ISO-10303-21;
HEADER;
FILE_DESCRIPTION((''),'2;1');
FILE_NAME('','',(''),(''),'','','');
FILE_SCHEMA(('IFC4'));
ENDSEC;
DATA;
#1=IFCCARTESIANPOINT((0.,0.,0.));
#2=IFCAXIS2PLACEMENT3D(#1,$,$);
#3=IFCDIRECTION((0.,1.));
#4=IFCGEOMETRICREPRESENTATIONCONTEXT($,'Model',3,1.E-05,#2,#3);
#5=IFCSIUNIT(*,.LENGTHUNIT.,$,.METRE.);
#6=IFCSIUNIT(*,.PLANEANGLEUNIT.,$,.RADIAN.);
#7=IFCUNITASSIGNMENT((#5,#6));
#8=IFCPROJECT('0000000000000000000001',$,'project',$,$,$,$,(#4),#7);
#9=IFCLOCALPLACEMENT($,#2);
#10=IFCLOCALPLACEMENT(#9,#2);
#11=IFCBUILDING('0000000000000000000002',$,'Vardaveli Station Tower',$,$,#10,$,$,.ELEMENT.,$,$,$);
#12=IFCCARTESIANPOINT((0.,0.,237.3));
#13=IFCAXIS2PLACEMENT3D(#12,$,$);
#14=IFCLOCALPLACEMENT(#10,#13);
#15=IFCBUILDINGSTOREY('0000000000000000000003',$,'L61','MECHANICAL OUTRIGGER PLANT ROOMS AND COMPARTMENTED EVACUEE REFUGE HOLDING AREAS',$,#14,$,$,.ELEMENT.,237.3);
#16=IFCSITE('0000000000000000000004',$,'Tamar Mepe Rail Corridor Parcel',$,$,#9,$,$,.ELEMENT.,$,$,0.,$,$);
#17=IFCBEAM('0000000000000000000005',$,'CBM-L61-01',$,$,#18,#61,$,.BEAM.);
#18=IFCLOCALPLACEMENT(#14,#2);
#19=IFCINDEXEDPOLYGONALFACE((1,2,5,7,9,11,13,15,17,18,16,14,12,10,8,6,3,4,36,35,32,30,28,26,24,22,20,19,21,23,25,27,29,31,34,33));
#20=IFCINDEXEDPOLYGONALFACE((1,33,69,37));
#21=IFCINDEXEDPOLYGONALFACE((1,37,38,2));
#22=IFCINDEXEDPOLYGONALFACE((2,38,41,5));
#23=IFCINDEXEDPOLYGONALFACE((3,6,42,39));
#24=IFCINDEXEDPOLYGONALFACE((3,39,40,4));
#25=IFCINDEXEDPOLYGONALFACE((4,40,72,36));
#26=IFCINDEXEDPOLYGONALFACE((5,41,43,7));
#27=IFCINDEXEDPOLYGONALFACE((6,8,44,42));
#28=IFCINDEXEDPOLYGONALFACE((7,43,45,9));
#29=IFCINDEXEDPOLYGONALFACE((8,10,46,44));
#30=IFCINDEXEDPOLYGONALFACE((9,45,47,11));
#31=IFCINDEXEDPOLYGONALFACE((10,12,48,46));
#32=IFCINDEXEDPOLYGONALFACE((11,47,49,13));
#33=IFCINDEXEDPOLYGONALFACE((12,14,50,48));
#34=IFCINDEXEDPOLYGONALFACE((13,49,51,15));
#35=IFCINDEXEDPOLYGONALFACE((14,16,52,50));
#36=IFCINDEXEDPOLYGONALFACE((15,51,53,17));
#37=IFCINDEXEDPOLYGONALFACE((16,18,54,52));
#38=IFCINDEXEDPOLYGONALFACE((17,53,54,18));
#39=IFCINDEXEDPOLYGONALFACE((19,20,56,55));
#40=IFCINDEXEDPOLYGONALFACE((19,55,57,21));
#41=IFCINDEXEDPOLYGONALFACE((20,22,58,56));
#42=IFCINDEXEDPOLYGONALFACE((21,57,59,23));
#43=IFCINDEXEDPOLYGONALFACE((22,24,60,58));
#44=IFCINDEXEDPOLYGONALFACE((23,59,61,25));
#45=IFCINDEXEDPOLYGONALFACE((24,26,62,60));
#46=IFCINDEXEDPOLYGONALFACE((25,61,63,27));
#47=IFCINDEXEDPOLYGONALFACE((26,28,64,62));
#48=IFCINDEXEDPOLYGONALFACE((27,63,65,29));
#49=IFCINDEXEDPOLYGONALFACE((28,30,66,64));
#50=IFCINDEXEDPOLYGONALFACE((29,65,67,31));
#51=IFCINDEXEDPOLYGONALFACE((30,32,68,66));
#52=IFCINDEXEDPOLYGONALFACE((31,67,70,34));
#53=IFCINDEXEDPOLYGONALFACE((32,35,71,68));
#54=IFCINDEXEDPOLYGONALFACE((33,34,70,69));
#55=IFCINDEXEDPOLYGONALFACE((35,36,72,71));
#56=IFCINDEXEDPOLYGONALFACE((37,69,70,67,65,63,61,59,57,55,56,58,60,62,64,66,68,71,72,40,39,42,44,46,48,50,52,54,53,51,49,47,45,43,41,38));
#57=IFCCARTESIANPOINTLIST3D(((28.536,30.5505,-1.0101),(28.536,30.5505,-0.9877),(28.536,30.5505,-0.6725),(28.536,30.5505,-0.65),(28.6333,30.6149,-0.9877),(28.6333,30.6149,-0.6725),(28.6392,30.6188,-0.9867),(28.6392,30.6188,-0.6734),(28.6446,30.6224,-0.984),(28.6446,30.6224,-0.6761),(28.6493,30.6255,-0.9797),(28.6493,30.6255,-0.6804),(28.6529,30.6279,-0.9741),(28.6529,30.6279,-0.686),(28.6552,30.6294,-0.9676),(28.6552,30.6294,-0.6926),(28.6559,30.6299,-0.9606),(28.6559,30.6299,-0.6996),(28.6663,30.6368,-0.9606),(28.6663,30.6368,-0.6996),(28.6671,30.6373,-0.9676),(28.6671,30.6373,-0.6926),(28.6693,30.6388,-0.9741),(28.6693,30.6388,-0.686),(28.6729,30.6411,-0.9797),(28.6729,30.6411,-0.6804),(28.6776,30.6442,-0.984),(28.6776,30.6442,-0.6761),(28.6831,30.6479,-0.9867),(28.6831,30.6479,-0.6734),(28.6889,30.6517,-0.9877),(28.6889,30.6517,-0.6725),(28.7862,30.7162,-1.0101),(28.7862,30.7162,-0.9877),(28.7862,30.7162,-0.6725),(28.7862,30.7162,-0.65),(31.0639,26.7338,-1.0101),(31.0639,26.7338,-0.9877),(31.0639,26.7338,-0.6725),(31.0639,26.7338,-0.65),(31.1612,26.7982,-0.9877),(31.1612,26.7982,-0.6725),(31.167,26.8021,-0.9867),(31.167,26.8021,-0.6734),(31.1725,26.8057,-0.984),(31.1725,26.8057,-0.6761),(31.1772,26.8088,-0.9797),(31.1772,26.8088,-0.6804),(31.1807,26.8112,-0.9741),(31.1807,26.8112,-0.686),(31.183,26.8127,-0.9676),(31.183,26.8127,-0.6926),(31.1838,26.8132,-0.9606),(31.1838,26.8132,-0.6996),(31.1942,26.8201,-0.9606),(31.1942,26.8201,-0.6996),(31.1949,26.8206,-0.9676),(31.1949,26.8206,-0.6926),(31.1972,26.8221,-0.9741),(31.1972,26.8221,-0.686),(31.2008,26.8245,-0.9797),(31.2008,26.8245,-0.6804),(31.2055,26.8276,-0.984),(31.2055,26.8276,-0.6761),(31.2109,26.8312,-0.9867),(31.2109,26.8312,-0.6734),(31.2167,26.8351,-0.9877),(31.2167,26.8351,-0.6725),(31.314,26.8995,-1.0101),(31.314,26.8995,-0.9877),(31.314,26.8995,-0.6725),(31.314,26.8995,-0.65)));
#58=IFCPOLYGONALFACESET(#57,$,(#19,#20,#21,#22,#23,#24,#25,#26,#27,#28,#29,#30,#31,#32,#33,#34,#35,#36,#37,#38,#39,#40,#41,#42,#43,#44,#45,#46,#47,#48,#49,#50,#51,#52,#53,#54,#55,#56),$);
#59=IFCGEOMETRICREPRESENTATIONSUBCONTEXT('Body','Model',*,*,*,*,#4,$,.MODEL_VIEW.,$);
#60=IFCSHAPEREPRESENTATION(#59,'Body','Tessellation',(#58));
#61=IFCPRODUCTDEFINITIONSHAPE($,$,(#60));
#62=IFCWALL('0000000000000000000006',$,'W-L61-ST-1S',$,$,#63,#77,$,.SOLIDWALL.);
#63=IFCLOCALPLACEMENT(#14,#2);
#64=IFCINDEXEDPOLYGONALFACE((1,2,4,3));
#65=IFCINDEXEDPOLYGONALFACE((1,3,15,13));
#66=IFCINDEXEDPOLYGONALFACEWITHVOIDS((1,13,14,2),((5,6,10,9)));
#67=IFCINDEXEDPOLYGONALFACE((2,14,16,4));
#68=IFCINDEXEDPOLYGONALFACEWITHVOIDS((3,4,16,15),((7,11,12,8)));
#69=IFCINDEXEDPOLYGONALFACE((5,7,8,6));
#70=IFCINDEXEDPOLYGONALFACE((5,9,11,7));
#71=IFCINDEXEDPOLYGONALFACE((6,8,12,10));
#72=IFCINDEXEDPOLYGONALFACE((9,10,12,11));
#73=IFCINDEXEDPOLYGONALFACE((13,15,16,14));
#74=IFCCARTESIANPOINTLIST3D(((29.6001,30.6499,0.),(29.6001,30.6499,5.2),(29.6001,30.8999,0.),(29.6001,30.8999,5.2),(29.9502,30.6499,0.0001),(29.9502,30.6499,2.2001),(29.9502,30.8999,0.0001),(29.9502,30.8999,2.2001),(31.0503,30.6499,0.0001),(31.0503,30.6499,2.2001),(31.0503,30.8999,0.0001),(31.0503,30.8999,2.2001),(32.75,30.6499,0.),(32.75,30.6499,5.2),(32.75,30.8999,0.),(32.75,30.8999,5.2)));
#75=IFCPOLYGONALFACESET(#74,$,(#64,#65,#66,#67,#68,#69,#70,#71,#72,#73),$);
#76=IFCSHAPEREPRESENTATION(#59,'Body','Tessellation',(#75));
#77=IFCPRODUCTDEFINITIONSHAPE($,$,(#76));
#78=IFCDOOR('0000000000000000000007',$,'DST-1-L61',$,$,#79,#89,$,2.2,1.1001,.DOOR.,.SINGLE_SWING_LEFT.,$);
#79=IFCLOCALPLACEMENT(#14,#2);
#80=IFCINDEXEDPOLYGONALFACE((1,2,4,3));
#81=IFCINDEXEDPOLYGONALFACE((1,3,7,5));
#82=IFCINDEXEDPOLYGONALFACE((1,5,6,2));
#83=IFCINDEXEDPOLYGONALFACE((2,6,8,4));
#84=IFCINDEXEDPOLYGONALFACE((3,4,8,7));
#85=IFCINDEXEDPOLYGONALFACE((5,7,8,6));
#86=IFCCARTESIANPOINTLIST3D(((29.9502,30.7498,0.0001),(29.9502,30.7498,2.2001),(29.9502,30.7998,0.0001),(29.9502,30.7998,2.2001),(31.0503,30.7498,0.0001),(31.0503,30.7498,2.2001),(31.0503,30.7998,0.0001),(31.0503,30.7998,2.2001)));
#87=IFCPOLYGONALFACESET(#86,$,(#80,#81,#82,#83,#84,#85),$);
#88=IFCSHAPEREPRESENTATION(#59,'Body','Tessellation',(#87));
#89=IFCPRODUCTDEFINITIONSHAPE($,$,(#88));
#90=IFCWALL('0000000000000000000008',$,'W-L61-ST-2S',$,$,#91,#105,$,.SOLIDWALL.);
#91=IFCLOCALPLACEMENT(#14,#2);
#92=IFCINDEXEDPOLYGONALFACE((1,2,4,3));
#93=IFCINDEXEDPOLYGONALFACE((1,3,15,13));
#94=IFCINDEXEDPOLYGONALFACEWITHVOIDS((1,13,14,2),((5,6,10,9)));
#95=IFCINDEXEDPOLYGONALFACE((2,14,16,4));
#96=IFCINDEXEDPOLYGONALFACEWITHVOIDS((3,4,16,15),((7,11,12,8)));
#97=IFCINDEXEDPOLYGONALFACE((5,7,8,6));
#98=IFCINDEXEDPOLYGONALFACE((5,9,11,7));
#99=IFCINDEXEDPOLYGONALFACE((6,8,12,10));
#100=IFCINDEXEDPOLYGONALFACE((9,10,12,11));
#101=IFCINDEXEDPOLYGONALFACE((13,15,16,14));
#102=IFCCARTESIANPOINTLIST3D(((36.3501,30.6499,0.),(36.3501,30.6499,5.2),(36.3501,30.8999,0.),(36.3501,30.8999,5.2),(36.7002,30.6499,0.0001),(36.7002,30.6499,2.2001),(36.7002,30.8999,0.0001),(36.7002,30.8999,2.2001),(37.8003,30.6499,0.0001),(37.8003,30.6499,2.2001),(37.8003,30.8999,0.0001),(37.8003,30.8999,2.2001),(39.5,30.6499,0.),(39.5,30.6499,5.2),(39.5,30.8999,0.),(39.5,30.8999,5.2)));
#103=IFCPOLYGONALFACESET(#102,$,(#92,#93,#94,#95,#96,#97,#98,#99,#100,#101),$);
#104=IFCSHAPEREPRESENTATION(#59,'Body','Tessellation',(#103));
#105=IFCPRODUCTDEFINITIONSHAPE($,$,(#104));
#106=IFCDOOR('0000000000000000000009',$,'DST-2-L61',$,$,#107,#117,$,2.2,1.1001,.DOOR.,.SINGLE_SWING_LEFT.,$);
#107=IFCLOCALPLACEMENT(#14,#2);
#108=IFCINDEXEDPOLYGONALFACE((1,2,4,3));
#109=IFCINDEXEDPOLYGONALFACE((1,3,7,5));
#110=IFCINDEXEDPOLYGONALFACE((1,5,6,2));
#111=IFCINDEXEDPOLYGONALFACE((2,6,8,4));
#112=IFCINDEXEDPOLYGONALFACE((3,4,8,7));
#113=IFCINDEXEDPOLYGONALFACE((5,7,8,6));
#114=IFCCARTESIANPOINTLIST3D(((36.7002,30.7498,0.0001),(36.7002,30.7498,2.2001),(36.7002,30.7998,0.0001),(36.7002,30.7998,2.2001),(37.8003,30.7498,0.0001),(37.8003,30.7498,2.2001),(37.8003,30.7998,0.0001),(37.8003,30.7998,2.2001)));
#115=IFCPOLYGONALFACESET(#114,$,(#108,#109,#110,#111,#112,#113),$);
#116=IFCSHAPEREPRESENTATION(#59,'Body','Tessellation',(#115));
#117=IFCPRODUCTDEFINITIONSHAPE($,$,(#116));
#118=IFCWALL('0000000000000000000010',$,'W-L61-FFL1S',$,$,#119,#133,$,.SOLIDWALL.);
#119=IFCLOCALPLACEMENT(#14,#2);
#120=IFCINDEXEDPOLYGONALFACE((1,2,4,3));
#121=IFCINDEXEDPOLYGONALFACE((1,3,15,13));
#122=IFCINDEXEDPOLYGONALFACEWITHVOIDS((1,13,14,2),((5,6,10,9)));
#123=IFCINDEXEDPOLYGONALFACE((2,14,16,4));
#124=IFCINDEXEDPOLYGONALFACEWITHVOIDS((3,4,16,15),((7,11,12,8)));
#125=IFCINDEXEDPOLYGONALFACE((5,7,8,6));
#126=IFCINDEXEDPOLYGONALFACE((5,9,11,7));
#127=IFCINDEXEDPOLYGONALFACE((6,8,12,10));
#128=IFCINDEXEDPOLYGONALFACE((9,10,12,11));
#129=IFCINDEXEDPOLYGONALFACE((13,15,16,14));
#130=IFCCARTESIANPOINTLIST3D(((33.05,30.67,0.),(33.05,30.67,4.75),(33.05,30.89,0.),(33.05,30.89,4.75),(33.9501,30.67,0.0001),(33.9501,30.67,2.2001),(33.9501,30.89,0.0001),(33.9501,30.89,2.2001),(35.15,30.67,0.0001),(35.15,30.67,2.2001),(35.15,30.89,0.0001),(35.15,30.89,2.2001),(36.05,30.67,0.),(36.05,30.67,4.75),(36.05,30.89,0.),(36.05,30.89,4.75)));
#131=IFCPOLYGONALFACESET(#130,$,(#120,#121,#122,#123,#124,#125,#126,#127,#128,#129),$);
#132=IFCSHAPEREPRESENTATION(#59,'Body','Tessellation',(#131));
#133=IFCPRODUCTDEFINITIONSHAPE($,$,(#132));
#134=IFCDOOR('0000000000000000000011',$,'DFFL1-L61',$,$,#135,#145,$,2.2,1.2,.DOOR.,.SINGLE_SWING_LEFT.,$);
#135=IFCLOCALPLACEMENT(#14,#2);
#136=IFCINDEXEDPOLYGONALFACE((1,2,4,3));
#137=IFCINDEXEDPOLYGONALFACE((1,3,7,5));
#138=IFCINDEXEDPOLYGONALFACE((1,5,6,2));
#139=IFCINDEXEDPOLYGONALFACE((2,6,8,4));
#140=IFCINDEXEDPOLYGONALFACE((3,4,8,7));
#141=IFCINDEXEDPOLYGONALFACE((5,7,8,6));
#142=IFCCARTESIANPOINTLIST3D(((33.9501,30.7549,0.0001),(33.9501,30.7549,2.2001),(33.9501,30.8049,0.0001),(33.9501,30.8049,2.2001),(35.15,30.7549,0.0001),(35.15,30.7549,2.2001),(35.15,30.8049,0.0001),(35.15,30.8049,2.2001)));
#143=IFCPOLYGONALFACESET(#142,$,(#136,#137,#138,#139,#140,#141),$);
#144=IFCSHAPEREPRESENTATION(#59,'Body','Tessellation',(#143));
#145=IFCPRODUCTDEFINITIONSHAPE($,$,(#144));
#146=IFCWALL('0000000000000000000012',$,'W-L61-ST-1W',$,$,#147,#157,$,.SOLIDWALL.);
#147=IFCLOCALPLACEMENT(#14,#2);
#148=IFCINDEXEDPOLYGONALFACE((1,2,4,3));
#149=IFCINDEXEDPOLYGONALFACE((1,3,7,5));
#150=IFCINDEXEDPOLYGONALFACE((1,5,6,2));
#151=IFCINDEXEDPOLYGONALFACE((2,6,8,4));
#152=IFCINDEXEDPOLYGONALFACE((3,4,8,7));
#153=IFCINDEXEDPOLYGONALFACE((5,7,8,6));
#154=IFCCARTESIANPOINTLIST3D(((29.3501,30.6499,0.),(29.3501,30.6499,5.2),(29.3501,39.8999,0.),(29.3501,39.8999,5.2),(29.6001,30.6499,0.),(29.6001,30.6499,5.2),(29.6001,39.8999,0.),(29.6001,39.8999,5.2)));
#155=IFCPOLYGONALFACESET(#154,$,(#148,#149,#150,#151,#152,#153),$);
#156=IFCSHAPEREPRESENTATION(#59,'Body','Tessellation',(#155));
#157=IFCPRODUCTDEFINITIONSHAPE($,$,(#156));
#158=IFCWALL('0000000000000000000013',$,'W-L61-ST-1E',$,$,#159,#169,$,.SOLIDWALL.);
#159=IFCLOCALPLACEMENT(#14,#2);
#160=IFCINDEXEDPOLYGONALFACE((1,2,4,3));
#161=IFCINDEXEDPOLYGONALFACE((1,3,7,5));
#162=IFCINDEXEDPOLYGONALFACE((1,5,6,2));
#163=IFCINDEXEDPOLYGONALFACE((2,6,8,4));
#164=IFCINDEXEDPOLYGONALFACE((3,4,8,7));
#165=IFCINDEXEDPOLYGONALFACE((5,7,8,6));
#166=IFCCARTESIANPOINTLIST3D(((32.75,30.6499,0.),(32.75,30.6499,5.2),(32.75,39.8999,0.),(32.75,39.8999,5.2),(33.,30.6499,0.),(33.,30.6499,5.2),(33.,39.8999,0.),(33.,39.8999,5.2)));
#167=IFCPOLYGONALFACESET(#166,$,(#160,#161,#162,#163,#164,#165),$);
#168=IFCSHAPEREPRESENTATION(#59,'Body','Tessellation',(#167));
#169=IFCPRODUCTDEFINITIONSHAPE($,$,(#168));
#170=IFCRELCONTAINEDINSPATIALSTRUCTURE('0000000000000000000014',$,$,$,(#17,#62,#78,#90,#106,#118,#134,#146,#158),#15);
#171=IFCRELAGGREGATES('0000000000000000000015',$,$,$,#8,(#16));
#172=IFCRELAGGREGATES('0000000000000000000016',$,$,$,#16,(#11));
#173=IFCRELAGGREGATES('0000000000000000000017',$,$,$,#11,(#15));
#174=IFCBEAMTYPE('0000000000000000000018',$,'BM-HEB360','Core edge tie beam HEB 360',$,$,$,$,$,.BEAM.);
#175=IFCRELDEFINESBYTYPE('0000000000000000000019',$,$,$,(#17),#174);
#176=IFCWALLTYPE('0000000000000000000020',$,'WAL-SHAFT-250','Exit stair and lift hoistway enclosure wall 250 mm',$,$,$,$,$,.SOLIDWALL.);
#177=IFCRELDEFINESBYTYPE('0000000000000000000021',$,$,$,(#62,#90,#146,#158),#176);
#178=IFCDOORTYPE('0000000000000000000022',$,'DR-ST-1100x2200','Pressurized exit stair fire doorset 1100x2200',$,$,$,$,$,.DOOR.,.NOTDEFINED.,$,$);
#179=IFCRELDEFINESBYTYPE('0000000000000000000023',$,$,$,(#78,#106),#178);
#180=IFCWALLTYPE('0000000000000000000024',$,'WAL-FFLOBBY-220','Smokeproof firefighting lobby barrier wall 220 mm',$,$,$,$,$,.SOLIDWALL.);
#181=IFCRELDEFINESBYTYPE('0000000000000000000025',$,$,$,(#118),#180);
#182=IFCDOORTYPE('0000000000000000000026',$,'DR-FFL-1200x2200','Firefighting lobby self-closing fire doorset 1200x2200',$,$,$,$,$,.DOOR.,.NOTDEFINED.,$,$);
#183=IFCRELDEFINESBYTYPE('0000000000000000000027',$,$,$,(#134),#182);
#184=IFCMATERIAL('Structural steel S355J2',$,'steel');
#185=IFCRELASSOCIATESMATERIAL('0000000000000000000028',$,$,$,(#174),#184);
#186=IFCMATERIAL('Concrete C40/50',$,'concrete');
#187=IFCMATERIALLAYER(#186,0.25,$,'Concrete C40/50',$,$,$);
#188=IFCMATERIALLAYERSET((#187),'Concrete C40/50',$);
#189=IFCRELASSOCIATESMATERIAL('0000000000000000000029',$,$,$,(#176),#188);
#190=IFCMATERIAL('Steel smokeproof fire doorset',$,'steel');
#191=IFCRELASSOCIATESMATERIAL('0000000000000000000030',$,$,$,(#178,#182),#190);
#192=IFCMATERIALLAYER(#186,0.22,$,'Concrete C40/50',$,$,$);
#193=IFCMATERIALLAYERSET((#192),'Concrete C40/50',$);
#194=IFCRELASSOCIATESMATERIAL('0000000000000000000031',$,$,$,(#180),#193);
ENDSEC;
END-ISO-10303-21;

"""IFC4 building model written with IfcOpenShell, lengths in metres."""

from ifc_helpers import new_model, si_unit, direction, frame, frame_2d, origin, origin_2d, place, context, subcontext, project, spatial, rectangle, i_section, extrude, source, transform, mapped, material, layer, layer_set, material_profile, profile_set, type_object, element, fill, save


model = new_model("IFC4")

# Units and contexts
model_context = context("Model", 3, precision=1e-05, world=origin(), true_north=direction((0.0, 1.0)))
body_context = subcontext(model_context, "Body", "Model", "MODEL_VIEW")
ifc_project = project(units=[si_unit("LENGTHUNIT", "METRE"), si_unit("PLANEANGLEUNIT", "RADIAN")], contexts=[model_context])

# Site, building, storey
site_placement = place(None, origin())
site = spatial("IfcSite", under=ifc_project, at=site_placement, Name="Tamar Mepe Rail Corridor Parcel", CompositionType="ELEMENT", RefElevation=0.0)
building_placement = place(site_placement, origin())
building = spatial("IfcBuilding", under=site, at=building_placement, Name="Vardaveli Station Tower", CompositionType="ELEMENT")
storey_placement = place(building_placement, frame((0.0, 0.0, 237.3)))
storey = spatial("IfcBuildingStorey", under=building, at=storey_placement, Name="L61", Description="MECHANICAL OUTRIGGER PLANT ROOMS AND COMPARTMENTED EVACUEE REFUGE HOLDING AREAS", CompositionType="ELEMENT", Elevation=237.3)

# Beam
ifc_material_1 = material(Name="Structural steel S355J2", Category="steel")
ifc_material_profile_1 = material_profile(ifc_material_1, i_section(OverallWidth=0.3, OverallDepth=0.3601, WebThickness=0.0125, FlangeThickness=0.0225, FilletRadius=0.0271, at=origin_2d()), Name="HEB 360")
ifc_profile_set_1 = profile_set([ifc_material_profile_1], Name="Structural steel S355J2")
beam_type_1 = type_object("IfcBeamType", Name="BM-HEB360", Description="Core edge tie beam HEB 360", PredefinedType="BEAM", material=ifc_profile_set_1)
shared_shape_1 = source(origin(), body_context, "Body", "SweptSolid", [
    extrude(i_section(OverallWidth=0.3, OverallDepth=0.3601, WebThickness=0.0125, FlangeThickness=0.0225, FilletRadius=0.0271, at=origin_2d()), origin(), (0.0, 0.0, 1.0), 4.5779),
])
beam_1_placement = place(storey_placement, frame((31.189, 26.8167, -0.8301), z_axis=(-0.552187, 0.83372, 0.0), x_axis=(-0.83372, -0.552187, 0.0)))
element("IfcBeam", 1, at=beam_1_placement, inside=storey, type_object=beam_type_1, Name="CBM-L61-01", PredefinedType="BEAM", context=body_context, shape_type="MappedRepresentation", body=[
    mapped(shared_shape_1, transform((0.0, 0.0, 0.0), scale=1.0)),
])

# Walls, openings, doors
ifc_material_2 = material(Name="Concrete C40/50", Category="concrete")
ifc_layer_1 = layer(ifc_material_2, 0.25, Name="Concrete C40/50")
ifc_layer_set_1 = layer_set([ifc_layer_1], Name="Concrete C40/50")
wall_type_1 = type_object("IfcWallType", Name="WAL-SHAFT-250", Description="Exit stair and lift hoistway enclosure wall 250 mm", PredefinedType="SOLIDWALL", material=ifc_layer_set_1)
shared_shape_2 = source(origin(), body_context, "Body", "SweptSolid", [
    extrude(rectangle(XDim=3.1499, YDim=0.25, at=frame_2d((1.575, 0.0))), origin(), (0.0, 0.0, 1.0), 5.2),
])
wall_1_placement = place(storey_placement, frame((29.6001, 30.7749, 0.0), z_axis=(0.0, 0.0, 1.0), x_axis=(1.0, 0.0, 0.0)))
wall_1 = element("IfcWall", 2, at=wall_1_placement, inside=storey, type_object=wall_type_1, Name="W-L61-ST-1S", PredefinedType="SOLIDWALL", context=body_context, shape_type="MappedRepresentation", body=[
    mapped(shared_shape_2, transform((0.0, 0.0, 0.0), scale=1.0)),
])
shared_shape_3 = source(origin(), body_context, "Body", "SweptSolid", [
    extrude(rectangle(XDim=1.1001, YDim=2.2, at=frame_2d((0.55, 1.1001))), frame((0.0, 0.135, 0.0), z_axis=(0.0, -1.0, 0.0), x_axis=(1.0, 0.0, 0.0)), (0.0, 0.0, 1.0), 0.27),
])
opening_1_placement = place(wall_1_placement, frame((0.3501, 0.0, 0.0)))
opening_1 = element("IfcOpeningElement", 3, at=opening_1_placement, cuts=wall_1, PredefinedType="OPENING", context=body_context, shape_type="MappedRepresentation", body=[
    mapped(shared_shape_3, transform((0.0, 0.0, 0.0), scale=1.0)),
])
ifc_material_3 = material(Name="Steel smokeproof fire doorset", Category="steel")
door_type_1 = type_object("IfcDoorType", Name="DR-ST-1100x2200", Description="Pressurized exit stair fire doorset 1100x2200", OperationType="NOTDEFINED", PredefinedType="DOOR", material=ifc_material_3)
shared_shape_4 = source(origin(), body_context, "Body", "SweptSolid", [
    extrude(rectangle(XDim=1.1001, YDim=2.2, at=frame_2d((0.55, 1.1001))), frame((0.0, 0.0249, 0.0), z_axis=(0.0, -1.0, 0.0), x_axis=(1.0, 0.0, 0.0)), (0.0, 0.0, 1.0), 0.05),
])
door_1_placement = place(opening_1_placement, origin())
door_1 = element("IfcDoor", 4, at=door_1_placement, inside=storey, type_object=door_type_1, Name="DST-1-L61", OperationType="SINGLE_SWING_LEFT", OverallHeight=2.2, OverallWidth=1.1001, PredefinedType="DOOR", context=body_context, shape_type="MappedRepresentation", body=[
    mapped(shared_shape_4, transform((0.0, 0.0, 0.0), scale=1.0)),
])
fill(opening_1, door_1)
wall_2_placement = place(storey_placement, frame((36.3501, 30.7749, 0.0), z_axis=(0.0, 0.0, 1.0), x_axis=(1.0, 0.0, 0.0)))
wall_2 = element("IfcWall", 5, at=wall_2_placement, inside=storey, type_object=wall_type_1, Name="W-L61-ST-2S", PredefinedType="SOLIDWALL", context=body_context, shape_type="MappedRepresentation", body=[
    mapped(shared_shape_2, transform((0.0, 0.0, 0.0), scale=1.0)),
])
opening_2_placement = place(wall_2_placement, frame((0.3501, 0.0, 0.0)))
opening_2 = element("IfcOpeningElement", 6, at=opening_2_placement, cuts=wall_2, PredefinedType="OPENING", context=body_context, shape_type="MappedRepresentation", body=[
    mapped(shared_shape_3, transform((0.0, 0.0, 0.0), scale=1.0)),
])
door_2_placement = place(opening_2_placement, origin())
door_2 = element("IfcDoor", 7, at=door_2_placement, inside=storey, type_object=door_type_1, Name="DST-2-L61", OperationType="SINGLE_SWING_LEFT", OverallHeight=2.2, OverallWidth=1.1001, PredefinedType="DOOR", context=body_context, shape_type="MappedRepresentation", body=[
    mapped(shared_shape_4, transform((0.0, 0.0, 0.0), scale=1.0)),
])
fill(opening_2, door_2)
ifc_layer_2 = layer(ifc_material_2, 0.22, Name="Concrete C40/50")
ifc_layer_set_2 = layer_set([ifc_layer_2], Name="Concrete C40/50")
wall_type_2 = type_object("IfcWallType", Name="WAL-FFLOBBY-220", Description="Smokeproof firefighting lobby barrier wall 220 mm", PredefinedType="SOLIDWALL", material=ifc_layer_set_2)
shared_shape_5 = source(origin(), body_context, "Body", "SweptSolid", [
    extrude(rectangle(XDim=3.0, YDim=0.22, at=frame_2d((1.5, 0.0))), origin(), (0.0, 0.0, 1.0), 4.75),
])
wall_3_placement = place(storey_placement, frame((33.05, 30.78, 0.0), z_axis=(0.0, 0.0, 1.0), x_axis=(1.0, 0.0, 0.0)))
wall_3 = element("IfcWall", 8, at=wall_3_placement, inside=storey, type_object=wall_type_2, Name="W-L61-FFL1S", PredefinedType="SOLIDWALL", context=body_context, shape_type="MappedRepresentation", body=[
    mapped(shared_shape_5, transform((0.0, 0.0, 0.0), scale=1.0)),
])
shared_shape_6 = source(origin(), body_context, "Body", "SweptSolid", [
    extrude(rectangle(XDim=1.2, YDim=2.2, at=frame_2d((0.6001, 1.1001))), frame((0.0, 0.1201, 0.0), z_axis=(0.0, -1.0, 0.0), x_axis=(1.0, 0.0, 0.0)), (0.0, 0.0, 1.0), 0.24),
])
opening_3_placement = place(wall_3_placement, frame((0.8999, 0.0, 0.0)))
opening_3 = element("IfcOpeningElement", 9, at=opening_3_placement, cuts=wall_3, PredefinedType="OPENING", context=body_context, shape_type="MappedRepresentation", body=[
    mapped(shared_shape_6, transform((0.0, 0.0, 0.0), scale=1.0)),
])
door_type_2 = type_object("IfcDoorType", Name="DR-FFL-1200x2200", Description="Firefighting lobby self-closing fire doorset 1200x2200", OperationType="NOTDEFINED", PredefinedType="DOOR", material=ifc_material_3)
shared_shape_7 = source(origin(), body_context, "Body", "SweptSolid", [
    extrude(rectangle(XDim=1.2, YDim=2.2, at=frame_2d((0.6001, 1.1001))), frame((0.0, 0.0249, 0.0), z_axis=(0.0, -1.0, 0.0), x_axis=(1.0, 0.0, 0.0)), (0.0, 0.0, 1.0), 0.05),
])
door_3_placement = place(opening_3_placement, origin())
door_3 = element("IfcDoor", 10, at=door_3_placement, inside=storey, type_object=door_type_2, Name="DFFL1-L61", OperationType="SINGLE_SWING_LEFT", OverallHeight=2.2, OverallWidth=1.2, PredefinedType="DOOR", context=body_context, shape_type="MappedRepresentation", body=[
    mapped(shared_shape_7, transform((0.0, 0.0, 0.0), scale=1.0)),
])
fill(opening_3, door_3)

# Walls
shared_shape_8 = source(origin(), body_context, "Body", "SweptSolid", [
    extrude(rectangle(XDim=9.25, YDim=0.25, at=frame_2d((4.625, 0.0))), origin(), (0.0, 0.0, 1.0), 5.2),
])
for number, where, z_axis, x_axis, name in (
    (11, (29.4751, 30.6499, 0.0), (0.0, 0.0, 1.0), (0.0, 1.0, 0.0), "W-L61-ST-1W"),
    (12, (32.875, 30.6499, 0.0), (0.0, 0.0, 1.0), (0.0, 1.0, 0.0), "W-L61-ST-1E"),
):
    element("IfcWall", number, at=place(storey_placement, frame(where, z_axis=z_axis, x_axis=x_axis)), inside=storey, type_object=wall_type_1, Name=name, PredefinedType="SOLIDWALL", context=body_context, shape_type="MappedRepresentation", body=[
        mapped(shared_shape_8, transform((0.0, 0.0, 0.0), scale=1.0)),
    ])

save(model, "model.ifc")
